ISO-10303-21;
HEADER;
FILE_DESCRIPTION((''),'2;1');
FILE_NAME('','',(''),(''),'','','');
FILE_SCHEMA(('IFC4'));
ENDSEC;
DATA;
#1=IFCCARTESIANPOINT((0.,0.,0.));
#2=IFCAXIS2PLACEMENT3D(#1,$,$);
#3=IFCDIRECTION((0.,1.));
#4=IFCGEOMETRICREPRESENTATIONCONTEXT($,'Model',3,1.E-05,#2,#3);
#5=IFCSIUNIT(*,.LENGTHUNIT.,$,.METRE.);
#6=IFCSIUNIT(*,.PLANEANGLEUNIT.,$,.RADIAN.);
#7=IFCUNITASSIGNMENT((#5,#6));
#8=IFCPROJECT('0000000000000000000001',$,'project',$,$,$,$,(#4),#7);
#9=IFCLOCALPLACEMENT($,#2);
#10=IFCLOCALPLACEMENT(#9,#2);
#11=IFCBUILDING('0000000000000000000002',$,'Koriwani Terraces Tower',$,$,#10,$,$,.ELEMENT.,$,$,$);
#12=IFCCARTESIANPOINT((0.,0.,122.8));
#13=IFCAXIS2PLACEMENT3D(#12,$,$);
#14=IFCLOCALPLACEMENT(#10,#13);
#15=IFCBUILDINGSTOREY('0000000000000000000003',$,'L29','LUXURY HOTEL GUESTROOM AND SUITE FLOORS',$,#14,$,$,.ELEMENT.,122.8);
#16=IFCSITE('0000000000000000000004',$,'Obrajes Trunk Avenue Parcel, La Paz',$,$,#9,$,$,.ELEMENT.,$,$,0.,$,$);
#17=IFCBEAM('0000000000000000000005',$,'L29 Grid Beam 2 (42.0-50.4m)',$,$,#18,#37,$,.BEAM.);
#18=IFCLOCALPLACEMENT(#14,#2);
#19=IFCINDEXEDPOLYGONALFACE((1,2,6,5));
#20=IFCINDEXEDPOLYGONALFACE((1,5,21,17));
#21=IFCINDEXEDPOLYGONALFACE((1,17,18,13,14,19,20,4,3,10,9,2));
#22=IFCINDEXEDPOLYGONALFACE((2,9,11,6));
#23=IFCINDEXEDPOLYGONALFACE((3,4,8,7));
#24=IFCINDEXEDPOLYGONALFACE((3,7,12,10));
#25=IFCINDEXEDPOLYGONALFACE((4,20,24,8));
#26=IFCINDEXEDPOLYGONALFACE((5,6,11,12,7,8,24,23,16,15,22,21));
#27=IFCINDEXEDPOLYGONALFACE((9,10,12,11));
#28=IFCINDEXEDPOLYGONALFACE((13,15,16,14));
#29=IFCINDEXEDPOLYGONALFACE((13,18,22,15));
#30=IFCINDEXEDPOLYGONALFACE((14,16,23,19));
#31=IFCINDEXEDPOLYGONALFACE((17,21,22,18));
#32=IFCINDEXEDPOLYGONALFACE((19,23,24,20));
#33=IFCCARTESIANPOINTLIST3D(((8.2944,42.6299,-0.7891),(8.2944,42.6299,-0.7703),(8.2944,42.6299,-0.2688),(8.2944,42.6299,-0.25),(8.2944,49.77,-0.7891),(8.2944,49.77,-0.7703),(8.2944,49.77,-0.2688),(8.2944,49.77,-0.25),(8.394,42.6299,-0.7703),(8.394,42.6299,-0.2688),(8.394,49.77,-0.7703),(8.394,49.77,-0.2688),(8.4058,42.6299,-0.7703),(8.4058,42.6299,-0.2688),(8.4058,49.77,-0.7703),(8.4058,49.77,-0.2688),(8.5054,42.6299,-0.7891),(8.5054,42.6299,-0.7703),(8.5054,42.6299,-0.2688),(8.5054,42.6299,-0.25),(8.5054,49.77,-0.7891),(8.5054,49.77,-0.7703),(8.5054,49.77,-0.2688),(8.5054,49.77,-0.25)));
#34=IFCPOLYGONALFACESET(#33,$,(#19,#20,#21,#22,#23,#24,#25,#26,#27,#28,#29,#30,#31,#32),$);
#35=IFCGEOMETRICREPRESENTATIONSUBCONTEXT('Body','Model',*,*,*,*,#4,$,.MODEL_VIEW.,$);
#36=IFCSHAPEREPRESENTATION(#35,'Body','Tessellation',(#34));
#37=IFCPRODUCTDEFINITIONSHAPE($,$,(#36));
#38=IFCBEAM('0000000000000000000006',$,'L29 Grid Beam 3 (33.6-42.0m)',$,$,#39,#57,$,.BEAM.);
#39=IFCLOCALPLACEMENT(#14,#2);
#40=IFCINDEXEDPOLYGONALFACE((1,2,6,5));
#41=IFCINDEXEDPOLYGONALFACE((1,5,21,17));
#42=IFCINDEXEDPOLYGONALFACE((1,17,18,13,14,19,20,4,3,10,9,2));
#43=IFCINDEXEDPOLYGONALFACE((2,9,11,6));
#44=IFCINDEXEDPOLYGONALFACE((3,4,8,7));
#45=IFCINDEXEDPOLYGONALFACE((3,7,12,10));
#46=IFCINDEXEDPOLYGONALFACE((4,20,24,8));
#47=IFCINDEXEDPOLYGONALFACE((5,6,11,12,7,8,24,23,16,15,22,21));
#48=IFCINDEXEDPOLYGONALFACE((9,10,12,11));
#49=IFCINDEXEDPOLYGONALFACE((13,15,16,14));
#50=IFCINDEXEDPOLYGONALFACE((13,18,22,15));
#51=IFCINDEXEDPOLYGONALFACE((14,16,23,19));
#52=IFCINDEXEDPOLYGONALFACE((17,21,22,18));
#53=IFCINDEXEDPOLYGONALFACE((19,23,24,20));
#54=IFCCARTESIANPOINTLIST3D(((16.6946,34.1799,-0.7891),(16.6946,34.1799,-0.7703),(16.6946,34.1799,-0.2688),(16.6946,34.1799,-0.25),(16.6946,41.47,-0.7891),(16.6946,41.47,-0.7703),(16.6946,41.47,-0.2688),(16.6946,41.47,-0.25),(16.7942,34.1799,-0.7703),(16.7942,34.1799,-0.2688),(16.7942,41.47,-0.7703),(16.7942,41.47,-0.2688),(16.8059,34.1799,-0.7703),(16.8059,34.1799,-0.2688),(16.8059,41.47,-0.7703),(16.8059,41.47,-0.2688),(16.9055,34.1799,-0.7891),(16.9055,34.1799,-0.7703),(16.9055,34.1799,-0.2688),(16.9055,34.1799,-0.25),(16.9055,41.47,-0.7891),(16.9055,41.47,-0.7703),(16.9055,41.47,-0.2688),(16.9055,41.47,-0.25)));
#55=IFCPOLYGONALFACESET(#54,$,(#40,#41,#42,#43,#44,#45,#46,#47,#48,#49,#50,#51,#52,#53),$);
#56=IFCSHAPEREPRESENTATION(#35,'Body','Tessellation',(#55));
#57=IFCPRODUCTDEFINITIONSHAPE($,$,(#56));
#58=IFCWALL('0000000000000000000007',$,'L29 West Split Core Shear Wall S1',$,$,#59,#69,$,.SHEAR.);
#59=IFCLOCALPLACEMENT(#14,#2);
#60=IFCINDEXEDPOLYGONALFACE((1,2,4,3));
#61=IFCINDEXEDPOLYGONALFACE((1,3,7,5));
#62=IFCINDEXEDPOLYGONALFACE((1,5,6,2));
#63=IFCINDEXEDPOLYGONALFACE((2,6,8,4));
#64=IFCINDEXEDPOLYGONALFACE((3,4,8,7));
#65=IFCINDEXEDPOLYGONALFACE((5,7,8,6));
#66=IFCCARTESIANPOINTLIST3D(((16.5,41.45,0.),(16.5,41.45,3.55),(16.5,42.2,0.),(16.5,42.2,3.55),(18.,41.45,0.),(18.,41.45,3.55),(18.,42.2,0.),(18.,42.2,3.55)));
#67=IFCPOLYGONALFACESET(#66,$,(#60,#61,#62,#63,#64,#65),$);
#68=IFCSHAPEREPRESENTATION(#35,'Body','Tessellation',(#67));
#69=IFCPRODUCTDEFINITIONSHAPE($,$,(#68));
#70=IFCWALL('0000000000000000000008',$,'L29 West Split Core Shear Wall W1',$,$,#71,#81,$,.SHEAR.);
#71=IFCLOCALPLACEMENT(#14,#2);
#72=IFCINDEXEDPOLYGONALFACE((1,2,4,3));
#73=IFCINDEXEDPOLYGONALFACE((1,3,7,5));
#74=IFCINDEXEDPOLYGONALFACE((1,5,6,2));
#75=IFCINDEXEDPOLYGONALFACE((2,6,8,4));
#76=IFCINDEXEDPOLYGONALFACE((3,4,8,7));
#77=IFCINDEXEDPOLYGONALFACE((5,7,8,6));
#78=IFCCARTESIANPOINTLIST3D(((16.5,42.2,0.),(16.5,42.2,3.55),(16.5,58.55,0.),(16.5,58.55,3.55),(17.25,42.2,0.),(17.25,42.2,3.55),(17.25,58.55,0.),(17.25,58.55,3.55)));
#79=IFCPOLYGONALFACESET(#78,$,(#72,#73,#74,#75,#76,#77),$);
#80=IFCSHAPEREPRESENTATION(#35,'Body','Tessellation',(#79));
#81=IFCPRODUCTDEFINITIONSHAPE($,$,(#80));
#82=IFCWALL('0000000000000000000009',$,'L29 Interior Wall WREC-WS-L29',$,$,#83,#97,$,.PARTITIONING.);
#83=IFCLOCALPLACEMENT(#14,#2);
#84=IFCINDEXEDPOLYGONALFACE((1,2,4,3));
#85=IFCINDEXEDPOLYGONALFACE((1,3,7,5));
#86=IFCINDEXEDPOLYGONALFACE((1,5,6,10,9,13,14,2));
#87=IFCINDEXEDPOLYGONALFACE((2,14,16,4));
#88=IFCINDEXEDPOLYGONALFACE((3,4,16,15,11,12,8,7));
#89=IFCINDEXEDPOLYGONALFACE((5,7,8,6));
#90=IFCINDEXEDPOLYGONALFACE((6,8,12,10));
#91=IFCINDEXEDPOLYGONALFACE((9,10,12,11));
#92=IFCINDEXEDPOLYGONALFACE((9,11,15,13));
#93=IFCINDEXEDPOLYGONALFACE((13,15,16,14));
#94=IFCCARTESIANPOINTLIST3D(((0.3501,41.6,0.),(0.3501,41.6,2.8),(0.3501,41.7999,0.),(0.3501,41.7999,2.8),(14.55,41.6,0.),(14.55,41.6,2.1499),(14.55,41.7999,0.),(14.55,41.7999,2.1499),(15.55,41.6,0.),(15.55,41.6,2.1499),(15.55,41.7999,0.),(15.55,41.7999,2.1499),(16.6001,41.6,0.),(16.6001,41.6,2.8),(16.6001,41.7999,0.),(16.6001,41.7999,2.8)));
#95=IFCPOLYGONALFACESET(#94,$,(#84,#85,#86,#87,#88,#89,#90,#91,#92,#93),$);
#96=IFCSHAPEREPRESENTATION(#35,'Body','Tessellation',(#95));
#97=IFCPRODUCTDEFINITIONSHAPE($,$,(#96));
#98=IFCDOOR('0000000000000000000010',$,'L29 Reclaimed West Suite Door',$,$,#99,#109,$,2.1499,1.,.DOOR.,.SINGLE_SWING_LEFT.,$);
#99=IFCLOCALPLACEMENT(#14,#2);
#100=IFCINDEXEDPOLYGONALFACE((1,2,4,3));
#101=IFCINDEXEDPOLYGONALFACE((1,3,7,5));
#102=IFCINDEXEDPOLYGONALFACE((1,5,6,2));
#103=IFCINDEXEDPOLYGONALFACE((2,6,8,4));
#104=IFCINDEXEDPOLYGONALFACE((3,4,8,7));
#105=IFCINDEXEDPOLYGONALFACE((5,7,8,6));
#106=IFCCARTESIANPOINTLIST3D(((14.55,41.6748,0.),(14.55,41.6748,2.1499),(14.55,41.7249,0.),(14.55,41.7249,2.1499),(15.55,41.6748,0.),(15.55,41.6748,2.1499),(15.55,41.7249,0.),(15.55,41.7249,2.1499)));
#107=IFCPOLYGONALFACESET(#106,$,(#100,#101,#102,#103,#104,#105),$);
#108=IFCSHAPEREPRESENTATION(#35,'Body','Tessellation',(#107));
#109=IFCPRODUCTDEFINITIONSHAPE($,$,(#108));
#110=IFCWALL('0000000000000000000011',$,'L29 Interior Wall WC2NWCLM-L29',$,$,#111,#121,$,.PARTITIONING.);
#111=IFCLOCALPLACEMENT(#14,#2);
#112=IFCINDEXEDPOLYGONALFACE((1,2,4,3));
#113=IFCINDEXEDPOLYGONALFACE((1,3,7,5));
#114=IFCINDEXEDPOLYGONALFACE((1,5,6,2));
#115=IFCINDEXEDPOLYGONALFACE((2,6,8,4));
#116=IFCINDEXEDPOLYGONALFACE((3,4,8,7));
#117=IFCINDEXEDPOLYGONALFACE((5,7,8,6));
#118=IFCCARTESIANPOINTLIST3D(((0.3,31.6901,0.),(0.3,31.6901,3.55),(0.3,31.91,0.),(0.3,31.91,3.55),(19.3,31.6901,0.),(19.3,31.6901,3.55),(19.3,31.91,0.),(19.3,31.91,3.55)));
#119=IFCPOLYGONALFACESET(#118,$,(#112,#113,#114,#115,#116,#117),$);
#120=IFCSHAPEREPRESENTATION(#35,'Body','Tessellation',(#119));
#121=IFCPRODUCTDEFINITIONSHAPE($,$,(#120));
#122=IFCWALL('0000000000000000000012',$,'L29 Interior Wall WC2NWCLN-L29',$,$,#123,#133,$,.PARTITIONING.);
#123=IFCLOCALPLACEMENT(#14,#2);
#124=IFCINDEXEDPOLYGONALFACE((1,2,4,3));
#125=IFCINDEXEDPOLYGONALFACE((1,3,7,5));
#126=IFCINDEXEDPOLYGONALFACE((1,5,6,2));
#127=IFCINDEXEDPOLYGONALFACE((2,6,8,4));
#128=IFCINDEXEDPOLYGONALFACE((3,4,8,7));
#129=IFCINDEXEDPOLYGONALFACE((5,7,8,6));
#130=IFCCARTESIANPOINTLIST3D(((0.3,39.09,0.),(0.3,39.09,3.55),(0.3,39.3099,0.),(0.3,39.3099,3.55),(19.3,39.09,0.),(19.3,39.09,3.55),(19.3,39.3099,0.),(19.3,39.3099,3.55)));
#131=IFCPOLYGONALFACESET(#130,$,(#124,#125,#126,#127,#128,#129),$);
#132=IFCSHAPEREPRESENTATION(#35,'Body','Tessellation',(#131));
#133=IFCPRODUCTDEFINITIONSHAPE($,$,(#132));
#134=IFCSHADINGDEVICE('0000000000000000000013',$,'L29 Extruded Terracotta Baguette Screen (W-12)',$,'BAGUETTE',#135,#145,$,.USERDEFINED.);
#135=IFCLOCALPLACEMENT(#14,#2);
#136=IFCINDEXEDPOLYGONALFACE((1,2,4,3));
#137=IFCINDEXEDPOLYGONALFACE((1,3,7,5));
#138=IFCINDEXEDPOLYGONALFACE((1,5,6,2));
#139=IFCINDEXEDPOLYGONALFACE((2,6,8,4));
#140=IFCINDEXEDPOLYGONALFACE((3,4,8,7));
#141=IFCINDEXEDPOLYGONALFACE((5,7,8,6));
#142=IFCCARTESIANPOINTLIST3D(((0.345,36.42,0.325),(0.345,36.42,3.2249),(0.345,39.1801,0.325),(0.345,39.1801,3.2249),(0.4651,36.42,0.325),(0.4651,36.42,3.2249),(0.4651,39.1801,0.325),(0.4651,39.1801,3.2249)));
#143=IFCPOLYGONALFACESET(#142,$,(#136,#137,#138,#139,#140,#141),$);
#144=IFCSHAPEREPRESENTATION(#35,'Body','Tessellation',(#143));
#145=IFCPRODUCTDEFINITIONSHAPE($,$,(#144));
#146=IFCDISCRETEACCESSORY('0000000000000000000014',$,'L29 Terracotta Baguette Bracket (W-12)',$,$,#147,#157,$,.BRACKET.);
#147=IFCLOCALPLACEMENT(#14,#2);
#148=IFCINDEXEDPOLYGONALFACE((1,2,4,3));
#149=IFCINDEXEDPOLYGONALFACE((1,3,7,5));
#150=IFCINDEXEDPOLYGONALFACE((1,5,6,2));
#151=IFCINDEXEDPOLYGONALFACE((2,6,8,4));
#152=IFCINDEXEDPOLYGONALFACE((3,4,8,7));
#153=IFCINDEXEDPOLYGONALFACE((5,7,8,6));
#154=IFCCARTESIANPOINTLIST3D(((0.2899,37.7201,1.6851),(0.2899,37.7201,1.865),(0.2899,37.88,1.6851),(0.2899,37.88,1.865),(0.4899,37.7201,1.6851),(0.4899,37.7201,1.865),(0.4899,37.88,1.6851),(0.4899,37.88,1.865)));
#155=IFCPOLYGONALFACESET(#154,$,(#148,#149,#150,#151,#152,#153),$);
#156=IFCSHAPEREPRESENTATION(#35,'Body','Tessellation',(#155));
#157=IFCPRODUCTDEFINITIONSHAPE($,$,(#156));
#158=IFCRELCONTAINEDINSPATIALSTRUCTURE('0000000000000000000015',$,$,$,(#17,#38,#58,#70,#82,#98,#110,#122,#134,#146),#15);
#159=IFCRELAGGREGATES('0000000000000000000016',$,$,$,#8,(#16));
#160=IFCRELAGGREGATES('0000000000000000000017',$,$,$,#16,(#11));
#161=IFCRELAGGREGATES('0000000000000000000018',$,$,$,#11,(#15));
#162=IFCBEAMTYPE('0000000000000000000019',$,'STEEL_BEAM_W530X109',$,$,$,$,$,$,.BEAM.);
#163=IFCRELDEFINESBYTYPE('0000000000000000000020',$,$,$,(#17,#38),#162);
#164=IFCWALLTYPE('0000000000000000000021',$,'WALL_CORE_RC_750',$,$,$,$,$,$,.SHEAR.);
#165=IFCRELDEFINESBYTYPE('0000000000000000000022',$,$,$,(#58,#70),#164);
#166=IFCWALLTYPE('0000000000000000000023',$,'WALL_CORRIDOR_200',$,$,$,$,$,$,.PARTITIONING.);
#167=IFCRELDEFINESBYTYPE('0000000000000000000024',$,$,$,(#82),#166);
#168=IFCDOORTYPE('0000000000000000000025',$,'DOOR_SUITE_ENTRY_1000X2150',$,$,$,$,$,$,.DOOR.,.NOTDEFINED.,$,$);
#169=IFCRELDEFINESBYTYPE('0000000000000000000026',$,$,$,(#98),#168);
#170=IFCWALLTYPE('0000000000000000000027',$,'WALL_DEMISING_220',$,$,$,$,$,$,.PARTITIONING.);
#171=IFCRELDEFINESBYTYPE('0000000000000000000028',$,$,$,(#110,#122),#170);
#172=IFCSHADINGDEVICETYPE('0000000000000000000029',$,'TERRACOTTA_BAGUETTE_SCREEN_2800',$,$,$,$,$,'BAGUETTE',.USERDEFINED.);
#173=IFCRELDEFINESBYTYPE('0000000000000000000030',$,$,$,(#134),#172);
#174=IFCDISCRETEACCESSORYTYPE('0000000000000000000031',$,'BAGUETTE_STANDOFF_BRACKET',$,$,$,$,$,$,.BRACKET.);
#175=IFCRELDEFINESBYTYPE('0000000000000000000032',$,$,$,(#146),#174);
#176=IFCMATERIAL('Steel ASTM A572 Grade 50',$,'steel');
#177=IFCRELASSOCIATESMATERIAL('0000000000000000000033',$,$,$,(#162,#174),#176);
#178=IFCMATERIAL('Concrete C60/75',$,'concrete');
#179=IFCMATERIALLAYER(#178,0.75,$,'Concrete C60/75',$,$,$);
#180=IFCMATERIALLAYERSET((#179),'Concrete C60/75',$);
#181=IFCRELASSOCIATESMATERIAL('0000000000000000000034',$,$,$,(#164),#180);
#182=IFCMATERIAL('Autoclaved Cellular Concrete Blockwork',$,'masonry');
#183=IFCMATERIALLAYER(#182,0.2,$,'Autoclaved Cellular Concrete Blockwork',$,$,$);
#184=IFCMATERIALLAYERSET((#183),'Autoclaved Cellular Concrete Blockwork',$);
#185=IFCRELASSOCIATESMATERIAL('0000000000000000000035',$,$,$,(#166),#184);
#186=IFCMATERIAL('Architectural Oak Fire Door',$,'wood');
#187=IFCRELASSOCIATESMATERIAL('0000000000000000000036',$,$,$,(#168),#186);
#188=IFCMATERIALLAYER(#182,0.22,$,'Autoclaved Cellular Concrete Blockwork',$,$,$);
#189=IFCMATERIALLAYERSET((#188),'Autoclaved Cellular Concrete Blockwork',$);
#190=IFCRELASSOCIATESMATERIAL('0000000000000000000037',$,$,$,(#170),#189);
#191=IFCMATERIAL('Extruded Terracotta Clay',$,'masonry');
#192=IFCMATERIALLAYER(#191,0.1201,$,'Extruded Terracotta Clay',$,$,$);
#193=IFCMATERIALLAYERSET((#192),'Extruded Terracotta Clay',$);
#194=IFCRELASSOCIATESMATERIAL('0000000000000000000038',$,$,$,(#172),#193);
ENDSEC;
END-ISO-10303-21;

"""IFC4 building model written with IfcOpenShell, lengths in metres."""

from ifc_helpers import new_model, si_unit, direction, frame, frame_2d, origin, origin_2d, place, context, subcontext, project, spatial, rectangle, i_section, extrude, material, layer, layer_set, material_profile, profile_set, type_object, element, fill, save


model = new_model("IFC4")

# Units and contexts
model_context = context("Model", 3, precision=1e-05, world=origin(), true_north=direction((0.0, 1.0)))
body_context = subcontext(model_context, "Body", "Model", "MODEL_VIEW")
ifc_project = project(units=[si_unit("LENGTHUNIT", "METRE"), si_unit("PLANEANGLEUNIT", "RADIAN")], contexts=[model_context])

# Site, building, storey
site_placement = place(None, origin())
site = spatial("IfcSite", under=ifc_project, at=site_placement, Name="Obrajes Trunk Avenue Parcel, La Paz", CompositionType="ELEMENT", RefElevation=0.0)
building_placement = place(site_placement, origin())
building = spatial("IfcBuilding", under=site, at=building_placement, Name="Koriwani Terraces Tower", CompositionType="ELEMENT")
storey_placement = place(building_placement, frame((0.0, 0.0, 122.8)))
storey = spatial("IfcBuildingStorey", under=building, at=storey_placement, Name="L29", Description="LUXURY HOTEL GUESTROOM AND SUITE FLOORS", CompositionType="ELEMENT", Elevation=122.8)

# Shared definitions
ifc_material_1 = material(Name="Concrete C60/75", Category="concrete")

# Beams
ifc_material_2 = material(Name="Steel ASTM A572 Grade 50", Category="steel")
ifc_material_profile_1 = material_profile(ifc_material_2, i_section(OverallWidth=0.2109, OverallDepth=0.5391, WebThickness=0.0117, FlangeThickness=0.0188, at=origin_2d()), Name="Steel ASTM A572 Grade 50", Category="LoadBearing")
ifc_profile_set_1 = profile_set([ifc_material_profile_1], Name="Steel ASTM A572 Grade 50")
beam_type_1 = type_object("IfcBeamType", Name="STEEL_BEAM_W530X109", PredefinedType="BEAM", material=ifc_profile_set_1)
for number, where, z_axis, x_axis, name in (
    (1, (8.3999, 42.6299, -0.5195), (0.0, 1.0, 0.0), (-1.0, 0.0, 0.0), "L29 Grid Beam 2 (42.0-50.4m)"),
):
    element("IfcBeam", number, at=place(storey_placement, frame(where, z_axis=z_axis, x_axis=x_axis)), inside=storey, type_object=beam_type_1, Name=name, PredefinedType="BEAM", context=body_context, shape_type="SweptSolid", body=[
        extrude(i_section(OverallWidth=0.2109, OverallDepth=0.5391, WebThickness=0.0117, FlangeThickness=0.0188, at=origin_2d()), origin(), (0.0, 0.0, 1.0), 7.1401),
    ])
beam_1_placement = place(storey_placement, frame((16.8, 34.1799, -0.5195), z_axis=(0.0, 1.0, 0.0), x_axis=(-1.0, 0.0, 0.0)))
element("IfcBeam", 2, at=beam_1_placement, inside=storey, type_object=beam_type_1, Name="L29 Grid Beam 3 (33.6-42.0m)", PredefinedType="BEAM", context=body_context, shape_type="SweptSolid", body=[
    extrude(i_section(OverallWidth=0.2109, OverallDepth=0.5391, WebThickness=0.0117, FlangeThickness=0.0188, at=origin_2d()), origin(), (0.0, 0.0, 1.0), 7.29),
])

# Walls
ifc_layer_1 = layer(ifc_material_1, 0.75, Name="Concrete C60/75")
ifc_layer_set_1 = layer_set([ifc_layer_1], Name="Concrete C60/75")
wall_type_1 = type_object("IfcWallType", Name="WALL_CORE_RC_750", PredefinedType="SHEAR", material=ifc_layer_set_1)
wall_1_placement = place(storey_placement, frame((16.5, 41.825, 0.0), z_axis=(0.0, 0.0, 1.0), x_axis=(1.0, 0.0, 0.0)))
element("IfcWall", 3, at=wall_1_placement, inside=storey, type_object=wall_type_1, Name="L29 West Split Core Shear Wall S1", PredefinedType="SHEAR", context=body_context, shape_type="SweptSolid", body=[
    extrude(rectangle(XDim=1.5, YDim=0.75, at=frame_2d((0.75, 0.0))), origin(), (0.0, 0.0, 1.0), 3.55),
])
wall_2_placement = place(storey_placement, frame((16.875, 42.2, 0.0), z_axis=(0.0, 0.0, 1.0), x_axis=(0.0, 1.0, 0.0)))
element("IfcWall", 4, at=wall_2_placement, inside=storey, type_object=wall_type_1, Name="L29 West Split Core Shear Wall W1", PredefinedType="SHEAR", context=body_context, shape_type="SweptSolid", body=[
    extrude(rectangle(XDim=16.3501, YDim=0.75, at=frame_2d((8.175, 0.0))), origin(), (0.0, 0.0, 1.0), 3.55),
])

# Wall, opening, door
ifc_material_3 = material(Name="Autoclaved Cellular Concrete Blockwork", Category="masonry")
ifc_layer_2 = layer(ifc_material_3, 0.2, Name="Autoclaved Cellular Concrete Blockwork")
ifc_layer_set_2 = layer_set([ifc_layer_2], Name="Autoclaved Cellular Concrete Blockwork")
wall_type_2 = type_object("IfcWallType", Name="WALL_CORRIDOR_200", PredefinedType="PARTITIONING", material=ifc_layer_set_2)
wall_3_placement = place(storey_placement, frame((0.3501, 41.7, 0.0), z_axis=(0.0, 0.0, 1.0), x_axis=(1.0, 0.0, 0.0)))
wall_3 = element("IfcWall", 5, at=wall_3_placement, inside=storey, type_object=wall_type_2, Name="L29 Interior Wall WREC-WS-L29", PredefinedType="PARTITIONING", context=body_context, shape_type="SweptSolid", body=[
    extrude(rectangle(XDim=16.25, YDim=0.2, at=frame_2d((8.125, 0.0))), origin(), (0.0, 0.0, 1.0), 2.8),
])
opening_1_placement = place(wall_3_placement, frame((14.2, 0.0, 0.0)))
opening_1 = element("IfcOpeningElement", 6, at=opening_1_placement, cuts=wall_3, PredefinedType="OPENING", context=body_context, shape_type="SweptSolid", body=[
    extrude(rectangle(XDim=1.0, YDim=2.1499, at=frame_2d((0.5, 1.075))), frame((0.0, 0.1099, 0.0), z_axis=(0.0, -1.0, 0.0), x_axis=(1.0, 0.0, 0.0)), (0.0, 0.0, 1.0), 0.22),
])
ifc_material_4 = material(Name="Architectural Oak Fire Door", Category="wood")
door_type_1 = type_object("IfcDoorType", Name="DOOR_SUITE_ENTRY_1000X2150", OperationType="NOTDEFINED", PredefinedType="DOOR", material=ifc_material_4)
door_1_placement = place(opening_1_placement, origin())
door_1 = element("IfcDoor", 7, at=door_1_placement, inside=storey, type_object=door_type_1, Name="L29 Reclaimed West Suite Door", OperationType="SINGLE_SWING_LEFT", OverallHeight=2.1499, OverallWidth=1.0, PredefinedType="DOOR", context=body_context, shape_type="SweptSolid", body=[
    extrude(rectangle(XDim=1.0, YDim=2.1499, at=frame_2d((0.5, 1.075))), frame((0.0, 0.0249, 0.0), z_axis=(0.0, -1.0, 0.0), x_axis=(1.0, 0.0, 0.0)), (0.0, 0.0, 1.0), 0.05),
])
fill(opening_1, door_1)

# Walls
ifc_layer_3 = layer(ifc_material_3, 0.22, Name="Autoclaved Cellular Concrete Blockwork")
ifc_layer_set_3 = layer_set([ifc_layer_3], Name="Autoclaved Cellular Concrete Blockwork")
wall_type_3 = type_object("IfcWallType", Name="WALL_DEMISING_220", PredefinedType="PARTITIONING", material=ifc_layer_set_3)
for number, where, z_axis, x_axis, name in (
    (8, (0.3, 31.8, 0.0), (0.0, 0.0, 1.0), (1.0, 0.0, 0.0), "L29 Interior Wall WC2NWCLM-L29"),
    (9, (0.3, 39.2, 0.0), (0.0, 0.0, 1.0), (1.0, 0.0, 0.0), "L29 Interior Wall WC2NWCLN-L29"),
):
    element("IfcWall", number, at=place(storey_placement, frame(where, z_axis=z_axis, x_axis=x_axis)), inside=storey, type_object=wall_type_3, Name=name, PredefinedType="PARTITIONING", context=body_context, shape_type="SweptSolid", body=[
        extrude(rectangle(XDim=19.0, YDim=0.22, at=frame_2d((9.5, 0.0))), origin(), (0.0, 0.0, 1.0), 3.55),
    ])

# Shading device
ifc_material_5 = material(Name="Extruded Terracotta Clay", Category="masonry")
ifc_layer_4 = layer(ifc_material_5, 0.1201, Name="Extruded Terracotta Clay")
ifc_layer_set_4 = layer_set([ifc_layer_4], Name="Extruded Terracotta Clay")
shading_device_type = type_object("IfcShadingDeviceType", Name="TERRACOTTA_BAGUETTE_SCREEN_2800", ElementType="BAGUETTE", PredefinedType="USERDEFINED", material=ifc_layer_set_4)
shading_device_placement = place(storey_placement, frame((0.405, 37.8, 0.325), z_axis=(0.0, 0.0, 1.0), x_axis=(0.0, 1.0, 0.0)))
element("IfcShadingDevice", 10, at=shading_device_placement, inside=storey, type_object=shading_device_type, Name="L29 Extruded Terracotta Baguette Screen (W-12)", ObjectType="BAGUETTE", PredefinedType="USERDEFINED", context=body_context, shape_type="SweptSolid", body=[
    extrude(rectangle(XDim=2.76, YDim=0.1201, at=origin_2d()), origin(), (0.0, 0.0, 1.0), 2.8999),
])

# Discrete accessory
discrete_accessory_type = type_object("IfcDiscreteAccessoryType", Name="BAGUETTE_STANDOFF_BRACKET", PredefinedType="BRACKET", material=ifc_material_2)
discrete_accessory_placement = place(storey_placement, frame((0.3899, 37.8, 1.6851), z_axis=(0.0, 0.0, 1.0), x_axis=(0.0, 1.0, 0.0)))
element("IfcDiscreteAccessory", 11, at=discrete_accessory_placement, inside=storey, type_object=discrete_accessory_type, Name="L29 Terracotta Baguette Bracket (W-12)", PredefinedType="BRACKET", context=body_context, shape_type="SweptSolid", body=[
    extrude(rectangle(XDim=0.1599, YDim=0.2, at=origin_2d()), origin(), (0.0, 0.0, 1.0), 0.1799),
])

save(model, "model.ifc")
